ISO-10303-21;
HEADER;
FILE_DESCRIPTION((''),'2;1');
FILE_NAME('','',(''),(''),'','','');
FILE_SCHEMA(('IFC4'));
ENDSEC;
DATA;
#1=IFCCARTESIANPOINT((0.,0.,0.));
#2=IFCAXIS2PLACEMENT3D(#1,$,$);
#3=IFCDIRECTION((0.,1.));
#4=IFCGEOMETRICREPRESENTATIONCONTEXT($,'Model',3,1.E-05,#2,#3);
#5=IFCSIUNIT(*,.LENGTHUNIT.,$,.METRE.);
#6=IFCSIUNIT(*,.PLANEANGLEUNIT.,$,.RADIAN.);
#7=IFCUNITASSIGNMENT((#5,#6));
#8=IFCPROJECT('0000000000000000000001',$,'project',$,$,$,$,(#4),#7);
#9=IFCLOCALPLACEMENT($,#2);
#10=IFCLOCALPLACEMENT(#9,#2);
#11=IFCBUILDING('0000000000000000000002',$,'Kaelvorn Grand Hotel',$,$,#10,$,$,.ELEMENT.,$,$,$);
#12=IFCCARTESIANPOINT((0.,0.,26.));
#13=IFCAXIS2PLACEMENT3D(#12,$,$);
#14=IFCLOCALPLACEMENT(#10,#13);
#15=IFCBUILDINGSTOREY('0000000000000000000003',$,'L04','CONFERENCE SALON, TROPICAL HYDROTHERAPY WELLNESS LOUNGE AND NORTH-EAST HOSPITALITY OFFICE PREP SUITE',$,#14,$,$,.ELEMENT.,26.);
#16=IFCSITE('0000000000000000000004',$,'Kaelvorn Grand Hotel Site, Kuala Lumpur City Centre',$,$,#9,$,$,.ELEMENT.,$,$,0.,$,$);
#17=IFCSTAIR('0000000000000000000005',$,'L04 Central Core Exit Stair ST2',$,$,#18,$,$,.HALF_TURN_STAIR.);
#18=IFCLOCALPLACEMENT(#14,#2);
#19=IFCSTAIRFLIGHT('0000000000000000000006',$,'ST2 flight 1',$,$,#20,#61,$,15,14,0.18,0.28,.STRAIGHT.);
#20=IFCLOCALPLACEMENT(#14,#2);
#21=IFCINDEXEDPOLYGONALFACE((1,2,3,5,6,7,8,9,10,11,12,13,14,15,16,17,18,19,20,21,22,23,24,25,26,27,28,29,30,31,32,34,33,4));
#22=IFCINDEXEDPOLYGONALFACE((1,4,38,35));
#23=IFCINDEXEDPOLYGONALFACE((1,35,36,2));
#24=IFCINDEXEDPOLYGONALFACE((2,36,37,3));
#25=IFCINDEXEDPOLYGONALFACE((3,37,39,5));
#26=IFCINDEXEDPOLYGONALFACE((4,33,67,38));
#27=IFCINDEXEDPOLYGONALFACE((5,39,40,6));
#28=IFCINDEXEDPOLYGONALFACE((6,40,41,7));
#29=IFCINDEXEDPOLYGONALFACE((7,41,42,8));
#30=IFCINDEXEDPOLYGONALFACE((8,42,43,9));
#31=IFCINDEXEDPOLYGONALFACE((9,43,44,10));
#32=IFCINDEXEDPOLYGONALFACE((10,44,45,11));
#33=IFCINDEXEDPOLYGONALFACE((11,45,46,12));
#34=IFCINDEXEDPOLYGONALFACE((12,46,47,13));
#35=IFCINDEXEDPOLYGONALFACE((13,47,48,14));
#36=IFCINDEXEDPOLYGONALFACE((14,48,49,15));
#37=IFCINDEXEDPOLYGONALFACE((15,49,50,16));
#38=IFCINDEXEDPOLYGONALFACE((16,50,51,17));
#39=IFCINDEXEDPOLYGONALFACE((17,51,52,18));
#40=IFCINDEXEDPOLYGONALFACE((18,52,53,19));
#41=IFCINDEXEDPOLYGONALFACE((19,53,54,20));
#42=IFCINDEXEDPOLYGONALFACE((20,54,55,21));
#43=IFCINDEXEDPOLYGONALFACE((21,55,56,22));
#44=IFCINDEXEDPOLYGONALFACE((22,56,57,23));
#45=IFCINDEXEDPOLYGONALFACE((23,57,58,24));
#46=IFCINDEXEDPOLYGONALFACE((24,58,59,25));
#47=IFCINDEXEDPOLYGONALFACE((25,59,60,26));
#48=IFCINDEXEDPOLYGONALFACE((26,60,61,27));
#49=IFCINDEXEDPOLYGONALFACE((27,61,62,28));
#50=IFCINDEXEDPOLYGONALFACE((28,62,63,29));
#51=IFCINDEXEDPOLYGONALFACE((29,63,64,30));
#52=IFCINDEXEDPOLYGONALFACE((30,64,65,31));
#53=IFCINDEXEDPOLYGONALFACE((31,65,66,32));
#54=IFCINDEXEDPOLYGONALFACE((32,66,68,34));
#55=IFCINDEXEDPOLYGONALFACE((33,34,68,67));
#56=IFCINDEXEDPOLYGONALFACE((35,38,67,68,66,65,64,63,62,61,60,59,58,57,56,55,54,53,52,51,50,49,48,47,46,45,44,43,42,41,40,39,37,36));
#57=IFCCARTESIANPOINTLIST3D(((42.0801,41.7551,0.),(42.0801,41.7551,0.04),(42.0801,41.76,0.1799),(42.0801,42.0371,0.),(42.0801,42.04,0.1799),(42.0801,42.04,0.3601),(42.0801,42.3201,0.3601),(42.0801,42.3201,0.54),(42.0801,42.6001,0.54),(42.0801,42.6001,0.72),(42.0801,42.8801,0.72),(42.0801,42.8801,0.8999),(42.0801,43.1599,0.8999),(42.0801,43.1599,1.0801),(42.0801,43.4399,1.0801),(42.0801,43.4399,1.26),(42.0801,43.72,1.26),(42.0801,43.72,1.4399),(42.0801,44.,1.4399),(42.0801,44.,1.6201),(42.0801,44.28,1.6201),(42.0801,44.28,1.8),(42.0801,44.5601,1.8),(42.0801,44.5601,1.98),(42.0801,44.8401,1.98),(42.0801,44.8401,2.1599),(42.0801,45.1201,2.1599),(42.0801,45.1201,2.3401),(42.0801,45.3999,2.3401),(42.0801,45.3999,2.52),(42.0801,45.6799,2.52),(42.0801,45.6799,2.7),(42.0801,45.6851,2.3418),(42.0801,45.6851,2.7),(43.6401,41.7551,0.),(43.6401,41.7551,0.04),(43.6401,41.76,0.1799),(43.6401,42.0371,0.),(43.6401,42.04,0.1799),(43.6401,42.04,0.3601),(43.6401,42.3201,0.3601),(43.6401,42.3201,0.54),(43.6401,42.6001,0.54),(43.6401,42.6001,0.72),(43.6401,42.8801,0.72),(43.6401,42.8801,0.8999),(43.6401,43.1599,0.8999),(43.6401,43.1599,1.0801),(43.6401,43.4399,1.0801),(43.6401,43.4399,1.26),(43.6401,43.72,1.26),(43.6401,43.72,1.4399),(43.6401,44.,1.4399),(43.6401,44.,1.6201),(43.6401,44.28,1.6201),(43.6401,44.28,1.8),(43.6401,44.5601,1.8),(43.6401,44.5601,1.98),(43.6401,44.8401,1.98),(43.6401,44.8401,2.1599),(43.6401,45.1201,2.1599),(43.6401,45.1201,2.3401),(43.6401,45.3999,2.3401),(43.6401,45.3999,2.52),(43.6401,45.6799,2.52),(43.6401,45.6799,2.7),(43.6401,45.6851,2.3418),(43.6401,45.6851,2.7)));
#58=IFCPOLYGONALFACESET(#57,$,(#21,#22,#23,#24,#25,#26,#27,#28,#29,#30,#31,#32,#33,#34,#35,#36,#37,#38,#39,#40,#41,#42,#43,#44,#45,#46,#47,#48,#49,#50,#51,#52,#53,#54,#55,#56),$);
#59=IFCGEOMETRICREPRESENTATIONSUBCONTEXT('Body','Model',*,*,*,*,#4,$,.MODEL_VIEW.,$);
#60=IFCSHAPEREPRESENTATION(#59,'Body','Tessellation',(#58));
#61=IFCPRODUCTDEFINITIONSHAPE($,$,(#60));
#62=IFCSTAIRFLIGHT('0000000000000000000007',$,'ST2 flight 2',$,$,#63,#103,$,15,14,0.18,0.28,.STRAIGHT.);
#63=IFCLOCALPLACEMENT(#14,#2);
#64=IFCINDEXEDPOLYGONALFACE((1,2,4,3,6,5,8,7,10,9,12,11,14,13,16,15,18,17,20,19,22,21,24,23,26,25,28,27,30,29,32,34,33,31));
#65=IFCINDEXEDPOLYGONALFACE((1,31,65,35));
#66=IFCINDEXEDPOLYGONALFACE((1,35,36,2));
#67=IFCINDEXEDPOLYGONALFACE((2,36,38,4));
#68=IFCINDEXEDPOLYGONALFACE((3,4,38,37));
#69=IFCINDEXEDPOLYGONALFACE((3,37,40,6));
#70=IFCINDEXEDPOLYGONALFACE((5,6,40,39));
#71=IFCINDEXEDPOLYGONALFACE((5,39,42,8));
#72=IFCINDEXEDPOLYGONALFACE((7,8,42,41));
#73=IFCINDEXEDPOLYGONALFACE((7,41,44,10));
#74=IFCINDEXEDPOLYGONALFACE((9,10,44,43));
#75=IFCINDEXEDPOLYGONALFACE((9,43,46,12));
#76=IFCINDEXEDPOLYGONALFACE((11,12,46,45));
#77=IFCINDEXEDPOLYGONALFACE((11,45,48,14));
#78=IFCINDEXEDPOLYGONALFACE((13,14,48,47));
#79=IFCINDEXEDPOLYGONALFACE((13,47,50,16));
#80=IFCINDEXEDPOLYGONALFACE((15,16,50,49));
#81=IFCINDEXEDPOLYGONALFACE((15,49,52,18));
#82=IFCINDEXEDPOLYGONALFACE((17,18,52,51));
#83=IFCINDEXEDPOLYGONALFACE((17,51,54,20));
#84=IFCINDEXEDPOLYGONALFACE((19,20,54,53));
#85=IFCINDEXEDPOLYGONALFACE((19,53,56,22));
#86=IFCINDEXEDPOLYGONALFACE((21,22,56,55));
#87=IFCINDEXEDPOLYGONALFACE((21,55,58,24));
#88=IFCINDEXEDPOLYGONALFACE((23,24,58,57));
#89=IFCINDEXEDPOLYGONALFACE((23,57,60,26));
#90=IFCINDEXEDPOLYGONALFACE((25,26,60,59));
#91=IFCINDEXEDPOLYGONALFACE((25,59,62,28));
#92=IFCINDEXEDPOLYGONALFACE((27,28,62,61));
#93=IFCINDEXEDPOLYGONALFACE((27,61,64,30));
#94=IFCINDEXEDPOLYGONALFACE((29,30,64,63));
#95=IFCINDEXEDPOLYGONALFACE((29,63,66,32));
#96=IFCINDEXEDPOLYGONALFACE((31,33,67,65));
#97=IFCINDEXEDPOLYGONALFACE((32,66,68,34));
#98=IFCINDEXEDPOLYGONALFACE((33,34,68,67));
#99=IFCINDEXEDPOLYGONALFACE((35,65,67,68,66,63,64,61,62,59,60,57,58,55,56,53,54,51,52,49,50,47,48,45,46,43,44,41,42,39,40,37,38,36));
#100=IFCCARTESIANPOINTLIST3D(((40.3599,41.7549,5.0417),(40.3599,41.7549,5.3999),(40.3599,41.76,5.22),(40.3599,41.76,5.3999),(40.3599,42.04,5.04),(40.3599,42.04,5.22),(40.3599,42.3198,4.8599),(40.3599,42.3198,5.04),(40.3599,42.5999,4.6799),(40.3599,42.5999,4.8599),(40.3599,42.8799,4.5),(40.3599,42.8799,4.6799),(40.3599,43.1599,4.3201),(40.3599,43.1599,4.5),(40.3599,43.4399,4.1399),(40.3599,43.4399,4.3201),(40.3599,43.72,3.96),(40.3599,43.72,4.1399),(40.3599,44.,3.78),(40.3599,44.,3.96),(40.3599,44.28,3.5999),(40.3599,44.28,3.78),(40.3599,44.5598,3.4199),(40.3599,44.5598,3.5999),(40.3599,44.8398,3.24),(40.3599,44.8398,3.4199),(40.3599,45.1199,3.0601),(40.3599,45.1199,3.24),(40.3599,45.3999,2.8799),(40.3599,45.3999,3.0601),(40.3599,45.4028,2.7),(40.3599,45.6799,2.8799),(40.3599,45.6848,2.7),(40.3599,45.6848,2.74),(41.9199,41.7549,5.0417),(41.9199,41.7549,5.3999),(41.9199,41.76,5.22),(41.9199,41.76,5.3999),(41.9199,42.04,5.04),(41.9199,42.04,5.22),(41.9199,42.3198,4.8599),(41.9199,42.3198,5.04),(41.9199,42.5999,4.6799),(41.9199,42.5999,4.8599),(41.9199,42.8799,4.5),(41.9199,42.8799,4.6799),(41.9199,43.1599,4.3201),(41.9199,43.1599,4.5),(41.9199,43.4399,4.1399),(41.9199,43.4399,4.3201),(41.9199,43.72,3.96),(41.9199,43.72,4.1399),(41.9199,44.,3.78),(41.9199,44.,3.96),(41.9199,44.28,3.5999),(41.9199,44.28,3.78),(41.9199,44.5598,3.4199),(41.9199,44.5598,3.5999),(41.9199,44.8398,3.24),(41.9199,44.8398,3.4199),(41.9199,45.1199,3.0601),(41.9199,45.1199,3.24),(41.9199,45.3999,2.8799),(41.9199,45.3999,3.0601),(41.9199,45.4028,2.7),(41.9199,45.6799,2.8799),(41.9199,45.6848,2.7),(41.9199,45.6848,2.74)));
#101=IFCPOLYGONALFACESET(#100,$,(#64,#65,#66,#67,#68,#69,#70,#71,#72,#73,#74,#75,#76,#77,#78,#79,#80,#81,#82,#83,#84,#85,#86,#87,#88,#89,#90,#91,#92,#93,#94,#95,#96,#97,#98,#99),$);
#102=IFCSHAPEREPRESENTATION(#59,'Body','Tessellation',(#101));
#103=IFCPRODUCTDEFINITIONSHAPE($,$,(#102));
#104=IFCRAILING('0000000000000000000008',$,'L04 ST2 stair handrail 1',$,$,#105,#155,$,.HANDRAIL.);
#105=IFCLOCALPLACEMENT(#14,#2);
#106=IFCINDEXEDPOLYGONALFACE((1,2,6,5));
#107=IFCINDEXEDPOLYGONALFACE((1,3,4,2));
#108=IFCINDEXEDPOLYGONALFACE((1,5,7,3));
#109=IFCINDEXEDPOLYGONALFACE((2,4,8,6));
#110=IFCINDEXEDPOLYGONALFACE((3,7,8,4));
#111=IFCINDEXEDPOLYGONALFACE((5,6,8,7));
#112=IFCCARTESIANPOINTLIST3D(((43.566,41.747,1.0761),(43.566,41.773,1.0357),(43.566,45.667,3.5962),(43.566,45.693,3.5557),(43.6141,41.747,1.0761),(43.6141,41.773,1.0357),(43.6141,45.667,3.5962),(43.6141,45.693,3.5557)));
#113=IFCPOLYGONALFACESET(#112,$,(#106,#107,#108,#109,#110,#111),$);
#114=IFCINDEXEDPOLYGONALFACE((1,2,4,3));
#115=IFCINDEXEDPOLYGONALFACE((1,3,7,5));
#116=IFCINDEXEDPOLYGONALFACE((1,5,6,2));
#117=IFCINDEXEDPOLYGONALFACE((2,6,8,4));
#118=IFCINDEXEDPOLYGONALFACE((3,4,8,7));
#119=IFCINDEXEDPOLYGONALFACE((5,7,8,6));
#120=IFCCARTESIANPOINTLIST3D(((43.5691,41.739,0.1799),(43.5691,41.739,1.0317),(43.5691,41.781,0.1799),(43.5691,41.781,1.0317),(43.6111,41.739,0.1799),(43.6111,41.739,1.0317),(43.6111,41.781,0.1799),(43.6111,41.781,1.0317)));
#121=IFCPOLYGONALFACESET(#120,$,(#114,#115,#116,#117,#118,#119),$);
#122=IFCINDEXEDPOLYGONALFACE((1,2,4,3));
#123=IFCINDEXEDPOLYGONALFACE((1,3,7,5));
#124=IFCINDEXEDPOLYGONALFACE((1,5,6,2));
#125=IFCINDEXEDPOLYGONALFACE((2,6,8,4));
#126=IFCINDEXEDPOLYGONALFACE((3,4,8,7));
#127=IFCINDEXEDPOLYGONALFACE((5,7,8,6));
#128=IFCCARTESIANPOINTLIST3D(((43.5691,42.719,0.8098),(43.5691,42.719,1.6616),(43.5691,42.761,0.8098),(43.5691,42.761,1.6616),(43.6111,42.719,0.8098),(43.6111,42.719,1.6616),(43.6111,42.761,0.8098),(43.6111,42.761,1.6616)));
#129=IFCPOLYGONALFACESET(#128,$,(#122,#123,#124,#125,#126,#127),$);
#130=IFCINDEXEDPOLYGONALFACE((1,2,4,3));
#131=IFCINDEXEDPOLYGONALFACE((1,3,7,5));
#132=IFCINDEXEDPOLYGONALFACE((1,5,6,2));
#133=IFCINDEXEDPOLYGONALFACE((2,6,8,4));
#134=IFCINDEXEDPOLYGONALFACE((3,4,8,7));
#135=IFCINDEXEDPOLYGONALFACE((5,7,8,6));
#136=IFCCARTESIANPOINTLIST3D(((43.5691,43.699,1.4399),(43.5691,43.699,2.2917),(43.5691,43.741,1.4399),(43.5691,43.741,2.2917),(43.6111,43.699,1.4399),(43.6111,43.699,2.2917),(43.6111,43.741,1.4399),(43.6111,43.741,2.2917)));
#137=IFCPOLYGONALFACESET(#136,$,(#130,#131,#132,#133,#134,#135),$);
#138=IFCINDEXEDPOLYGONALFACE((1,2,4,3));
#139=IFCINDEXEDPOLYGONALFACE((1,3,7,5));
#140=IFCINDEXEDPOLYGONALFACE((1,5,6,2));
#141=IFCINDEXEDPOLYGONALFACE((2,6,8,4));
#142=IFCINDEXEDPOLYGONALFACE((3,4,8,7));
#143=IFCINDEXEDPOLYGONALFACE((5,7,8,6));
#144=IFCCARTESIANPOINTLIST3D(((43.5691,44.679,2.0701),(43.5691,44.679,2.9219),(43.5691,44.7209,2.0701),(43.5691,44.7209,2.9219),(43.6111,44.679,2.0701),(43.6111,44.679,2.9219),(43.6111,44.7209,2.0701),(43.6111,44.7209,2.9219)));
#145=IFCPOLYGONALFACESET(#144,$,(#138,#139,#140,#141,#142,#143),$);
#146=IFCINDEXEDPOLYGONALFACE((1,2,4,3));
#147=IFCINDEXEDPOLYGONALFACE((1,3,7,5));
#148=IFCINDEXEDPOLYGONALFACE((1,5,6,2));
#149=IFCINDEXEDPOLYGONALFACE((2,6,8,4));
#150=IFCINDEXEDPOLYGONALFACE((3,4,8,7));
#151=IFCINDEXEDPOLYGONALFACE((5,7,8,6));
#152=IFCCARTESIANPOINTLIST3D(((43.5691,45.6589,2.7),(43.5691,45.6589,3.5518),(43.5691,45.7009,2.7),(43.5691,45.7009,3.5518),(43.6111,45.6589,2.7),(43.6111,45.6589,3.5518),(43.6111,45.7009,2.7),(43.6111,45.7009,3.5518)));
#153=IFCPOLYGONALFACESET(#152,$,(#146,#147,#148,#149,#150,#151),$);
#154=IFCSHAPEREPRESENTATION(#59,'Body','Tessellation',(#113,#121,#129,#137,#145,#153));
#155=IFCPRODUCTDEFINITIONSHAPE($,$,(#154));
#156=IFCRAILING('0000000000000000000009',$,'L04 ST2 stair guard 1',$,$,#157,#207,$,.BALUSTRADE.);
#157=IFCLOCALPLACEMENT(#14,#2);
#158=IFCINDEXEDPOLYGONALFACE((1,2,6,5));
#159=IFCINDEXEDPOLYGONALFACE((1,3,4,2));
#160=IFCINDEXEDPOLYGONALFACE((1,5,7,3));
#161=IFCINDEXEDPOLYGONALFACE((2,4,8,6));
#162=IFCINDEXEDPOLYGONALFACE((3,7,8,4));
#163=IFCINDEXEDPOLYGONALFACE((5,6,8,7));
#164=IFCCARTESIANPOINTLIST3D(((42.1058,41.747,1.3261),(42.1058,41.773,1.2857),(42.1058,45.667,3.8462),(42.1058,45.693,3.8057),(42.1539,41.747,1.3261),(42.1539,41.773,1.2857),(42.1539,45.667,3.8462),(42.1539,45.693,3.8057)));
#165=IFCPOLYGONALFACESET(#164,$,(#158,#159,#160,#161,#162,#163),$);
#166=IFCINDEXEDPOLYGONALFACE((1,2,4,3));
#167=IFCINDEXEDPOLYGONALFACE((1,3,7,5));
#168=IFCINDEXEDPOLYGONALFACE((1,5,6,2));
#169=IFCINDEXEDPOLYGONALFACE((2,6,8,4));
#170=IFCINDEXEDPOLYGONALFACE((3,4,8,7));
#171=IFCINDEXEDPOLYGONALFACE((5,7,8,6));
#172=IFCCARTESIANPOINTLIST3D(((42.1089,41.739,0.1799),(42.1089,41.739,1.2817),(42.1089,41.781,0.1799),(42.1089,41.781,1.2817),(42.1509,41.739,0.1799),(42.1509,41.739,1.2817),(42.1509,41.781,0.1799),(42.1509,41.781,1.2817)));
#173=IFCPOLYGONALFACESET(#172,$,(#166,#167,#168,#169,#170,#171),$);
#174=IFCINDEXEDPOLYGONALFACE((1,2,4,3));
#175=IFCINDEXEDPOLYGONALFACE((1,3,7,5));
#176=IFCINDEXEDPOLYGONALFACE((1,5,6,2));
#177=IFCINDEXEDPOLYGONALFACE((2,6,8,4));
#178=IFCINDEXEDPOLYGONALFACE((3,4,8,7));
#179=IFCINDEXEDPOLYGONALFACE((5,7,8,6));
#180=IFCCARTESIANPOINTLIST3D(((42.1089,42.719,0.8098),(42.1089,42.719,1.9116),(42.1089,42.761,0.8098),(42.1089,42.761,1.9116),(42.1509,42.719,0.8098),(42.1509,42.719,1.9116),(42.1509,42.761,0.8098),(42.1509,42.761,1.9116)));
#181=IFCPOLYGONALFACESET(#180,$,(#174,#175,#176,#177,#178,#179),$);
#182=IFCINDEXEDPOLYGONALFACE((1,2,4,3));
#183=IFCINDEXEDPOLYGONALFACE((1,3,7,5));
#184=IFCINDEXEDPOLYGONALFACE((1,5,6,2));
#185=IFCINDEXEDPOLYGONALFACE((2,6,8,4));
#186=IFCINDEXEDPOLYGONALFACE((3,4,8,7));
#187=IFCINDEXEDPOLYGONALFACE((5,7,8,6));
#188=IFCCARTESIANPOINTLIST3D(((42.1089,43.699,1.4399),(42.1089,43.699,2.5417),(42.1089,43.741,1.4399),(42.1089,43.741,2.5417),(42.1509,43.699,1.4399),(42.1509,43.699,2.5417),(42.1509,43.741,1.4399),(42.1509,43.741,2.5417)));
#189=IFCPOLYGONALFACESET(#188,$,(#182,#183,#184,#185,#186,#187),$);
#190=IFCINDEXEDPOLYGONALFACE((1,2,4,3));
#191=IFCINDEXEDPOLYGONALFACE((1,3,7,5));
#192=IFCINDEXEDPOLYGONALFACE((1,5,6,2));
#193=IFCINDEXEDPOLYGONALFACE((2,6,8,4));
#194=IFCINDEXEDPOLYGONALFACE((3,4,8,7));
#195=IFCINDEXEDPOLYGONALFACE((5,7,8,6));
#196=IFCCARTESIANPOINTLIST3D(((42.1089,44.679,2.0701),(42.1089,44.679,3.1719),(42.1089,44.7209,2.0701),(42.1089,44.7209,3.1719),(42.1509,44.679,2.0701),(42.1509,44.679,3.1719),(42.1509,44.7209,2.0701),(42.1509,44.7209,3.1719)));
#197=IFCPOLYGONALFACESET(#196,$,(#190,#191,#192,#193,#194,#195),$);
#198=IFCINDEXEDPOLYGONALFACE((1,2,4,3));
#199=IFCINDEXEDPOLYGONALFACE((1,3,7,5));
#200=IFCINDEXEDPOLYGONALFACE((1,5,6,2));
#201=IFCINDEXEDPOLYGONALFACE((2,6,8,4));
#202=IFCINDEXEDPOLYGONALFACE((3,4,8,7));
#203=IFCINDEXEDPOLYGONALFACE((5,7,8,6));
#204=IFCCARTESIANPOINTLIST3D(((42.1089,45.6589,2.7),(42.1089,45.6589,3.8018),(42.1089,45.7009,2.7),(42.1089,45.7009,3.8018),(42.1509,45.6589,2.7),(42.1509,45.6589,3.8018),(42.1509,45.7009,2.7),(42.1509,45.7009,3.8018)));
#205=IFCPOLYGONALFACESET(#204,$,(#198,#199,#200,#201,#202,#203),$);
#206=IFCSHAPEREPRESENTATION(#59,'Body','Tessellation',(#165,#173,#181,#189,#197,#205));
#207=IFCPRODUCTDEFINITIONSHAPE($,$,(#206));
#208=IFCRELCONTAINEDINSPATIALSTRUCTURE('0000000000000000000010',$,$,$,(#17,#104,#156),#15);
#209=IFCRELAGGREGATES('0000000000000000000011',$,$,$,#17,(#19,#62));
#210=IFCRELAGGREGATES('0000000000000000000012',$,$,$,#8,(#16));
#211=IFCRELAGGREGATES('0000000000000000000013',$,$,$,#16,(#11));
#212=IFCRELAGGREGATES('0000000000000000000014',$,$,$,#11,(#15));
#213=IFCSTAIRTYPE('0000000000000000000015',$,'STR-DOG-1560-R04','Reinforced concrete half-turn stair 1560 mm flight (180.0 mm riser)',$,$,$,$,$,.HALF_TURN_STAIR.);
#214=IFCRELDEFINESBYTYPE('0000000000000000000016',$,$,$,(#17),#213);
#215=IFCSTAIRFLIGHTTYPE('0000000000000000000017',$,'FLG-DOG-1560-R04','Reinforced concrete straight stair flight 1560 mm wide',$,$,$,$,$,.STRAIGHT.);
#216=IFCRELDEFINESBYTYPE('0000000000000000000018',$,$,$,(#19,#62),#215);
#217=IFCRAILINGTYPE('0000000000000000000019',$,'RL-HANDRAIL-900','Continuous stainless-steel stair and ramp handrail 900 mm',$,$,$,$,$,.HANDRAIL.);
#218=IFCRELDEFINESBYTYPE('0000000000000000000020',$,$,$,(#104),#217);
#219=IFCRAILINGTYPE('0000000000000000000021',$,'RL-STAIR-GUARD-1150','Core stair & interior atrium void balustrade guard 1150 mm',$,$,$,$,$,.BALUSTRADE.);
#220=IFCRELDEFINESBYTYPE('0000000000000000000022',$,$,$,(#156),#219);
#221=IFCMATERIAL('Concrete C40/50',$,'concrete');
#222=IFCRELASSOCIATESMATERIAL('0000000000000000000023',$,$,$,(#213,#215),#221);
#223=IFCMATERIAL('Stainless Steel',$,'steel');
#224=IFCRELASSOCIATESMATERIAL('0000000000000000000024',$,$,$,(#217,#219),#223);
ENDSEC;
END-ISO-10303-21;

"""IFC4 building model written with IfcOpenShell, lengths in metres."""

from ifc_helpers import new_model, si_unit, direction, frame, origin, origin_2d, place, context, subcontext, project, spatial, polyline, rectangle, outline, extrude, material, type_object, element, aggregate, save


model = new_model("IFC4")

# Units and contexts
model_context = context("Model", 3, precision=1e-05, world=origin(), true_north=direction((0.0, 1.0)))
body_context = subcontext(model_context, "Body", "Model", "MODEL_VIEW")
ifc_project = project(units=[si_unit("LENGTHUNIT", "METRE"), si_unit("PLANEANGLEUNIT", "RADIAN")], contexts=[model_context])

# Site, building, storey
site_placement = place(None, origin())
site = spatial("IfcSite", under=ifc_project, at=site_placement, Name="Kaelvorn Grand Hotel Site, Kuala Lumpur City Centre", CompositionType="ELEMENT", RefElevation=0.0)
building_placement = place(site_placement, origin())
building = spatial("IfcBuilding", under=site, at=building_placement, Name="Kaelvorn Grand Hotel", CompositionType="ELEMENT")
storey_placement = place(building_placement, frame((0.0, 0.0, 26.0)))
storey = spatial("IfcBuildingStorey", under=building, at=storey_placement, Name="L04", Description="CONFERENCE SALON, TROPICAL HYDROTHERAPY WELLNESS LOUNGE AND NORTH-EAST HOSPITALITY OFFICE PREP SUITE", CompositionType="ELEMENT", Elevation=26.0)

# Stair, stair flights
ifc_material_1 = material(Name="Concrete C40/50", Category="concrete")
stair_type = type_object("IfcStairType", Name="STR-DOG-1560-R04", Description="Reinforced concrete half-turn stair 1560 mm flight (180.0 mm riser)", PredefinedType="HALF_TURN_STAIR", material=ifc_material_1)
stair_placement = place(storey_placement, origin())
stair = element("IfcStair", 1, at=stair_placement, inside=storey, type_object=stair_type, Name="L04 Central Core Exit Stair ST2", PredefinedType="HALF_TURN_STAIR")
stair_flight_type = type_object("IfcStairFlightType", Name="FLG-DOG-1560-R04", Description="Reinforced concrete straight stair flight 1560 mm wide", PredefinedType="STRAIGHT", material=ifc_material_1)
stair_flight_1_placement = place(storey_placement, frame((42.8601, 41.76, 0.0), z_axis=(0.0, 0.0, 1.0), x_axis=(0.0, 1.0, 0.0)))
stair_flight_1 = element("IfcStairFlight", 2, at=stair_flight_1_placement, type_object=stair_flight_type, Name="ST2 flight 1", NumberOfRisers=15, NumberOfTreads=14, PredefinedType="STRAIGHT", RiserHeight=0.18, TreadLength=0.28, context=body_context, shape_type="SweptSolid", body=[
    extrude(outline(polyline([(-0.0049, 0.0), (-0.0049, 0.04), (0.0, 0.1799), (0.28, 0.1799), (0.28, 0.3601), (0.5601, 0.3601), (0.5601, 0.54), (0.8401, 0.54), (0.8401, 0.72), (1.1201, 0.72), (1.1201, 0.8999), (1.3999, 0.8999), (1.3999, 1.0801), (1.6799, 1.0801), (1.6799, 1.26), (1.96, 1.26), (1.96, 1.4399), (2.24, 1.4399), (2.24, 1.6201), (2.52, 1.6201), (2.52, 1.8), (2.8, 1.8), (2.8, 1.98), (3.0801, 1.98), (3.0801, 2.1599), (3.3601, 2.1599), (3.3601, 2.3401), (3.6399, 2.3401), (3.6399, 2.52), (3.9199, 2.52), (3.9199, 2.7), (3.925, 2.7), (3.925, 2.3418), (0.2771, 0.0), (-0.0049, 0.0)])), frame((0.0, 0.78, 0.0), z_axis=(0.0, -1.0, 0.0), x_axis=(1.0, 0.0, 0.0)), (0.0, 0.0, 1.0), 1.5601),
])
stair_flight_2_placement = place(storey_placement, frame((41.1399, 45.6799, 2.7), z_axis=(0.0, 0.0, 1.0), x_axis=(0.0, -1.0, 0.0)))
stair_flight_2 = element("IfcStairFlight", 3, at=stair_flight_2_placement, type_object=stair_flight_type, Name="ST2 flight 2", NumberOfRisers=15, NumberOfTreads=14, PredefinedType="STRAIGHT", RiserHeight=0.18, TreadLength=0.28, context=body_context, shape_type="SweptSolid", body=[
    extrude(outline(polyline([(-0.0049, 0.0), (-0.0049, 0.04), (0.0, 0.1799), (0.28, 0.1799), (0.28, 0.3601), (0.5601, 0.3601), (0.5601, 0.54), (0.8401, 0.54), (0.8401, 0.72), (1.1201, 0.72), (1.1201, 0.8999), (1.3999, 0.8999), (1.3999, 1.0801), (1.6799, 1.0801), (1.6799, 1.26), (1.96, 1.26), (1.96, 1.4399), (2.24, 1.4399), (2.24, 1.6201), (2.52, 1.6201), (2.52, 1.8), (2.8, 1.8), (2.8, 1.98), (3.0801, 1.98), (3.0801, 2.1599), (3.3601, 2.1599), (3.3601, 2.3401), (3.6399, 2.3401), (3.6399, 2.52), (3.9199, 2.52), (3.9199, 2.7), (3.925, 2.7), (3.925, 2.3418), (0.2771, 0.0), (-0.0049, 0.0)])), frame((0.0, 0.78, 0.0), z_axis=(0.0, -1.0, 0.0), x_axis=(1.0, 0.0, 0.0)), (0.0, 0.0, 1.0), 1.5601),
])
aggregate(stair, [stair_flight_1, stair_flight_2])

# Railings
ifc_material_2 = material(Name="Stainless Steel", Category="steel")
railing_type_1 = type_object("IfcRailingType", Name="RL-HANDRAIL-900", Description="Continuous stainless-steel stair and ramp handrail 900 mm", PredefinedType="HANDRAIL", material=ifc_material_2)
railing_1_placement = place(storey_placement, frame((43.5901, 41.76, 0.1799)))
element("IfcRailing", 4, at=railing_1_placement, inside=storey, type_object=railing_type_1, Name="L04 ST2 stair handrail 1", PredefinedType="HANDRAIL", context=body_context, shape_type="SweptSolid", body=[
    extrude(rectangle(XDim=0.0481, YDim=0.0481, at=origin_2d()), frame((0.0, 0.0, 0.876), z_axis=(0.0, 0.841172, 0.540768), x_axis=(-1.0, 0.0, 0.0)), (0.0, 0.0, 1.0), 4.6602),
    extrude(rectangle(XDim=0.042, YDim=0.042, at=origin_2d()), origin(), (0.0, 0.0, 1.0), 0.8518),
    extrude(rectangle(XDim=0.042, YDim=0.042, at=origin_2d()), frame((0.0, 0.98, 0.6299)), (0.0, 0.0, 1.0), 0.8518),
    extrude(rectangle(XDim=0.042, YDim=0.042, at=origin_2d()), frame((0.0, 1.96, 1.26)), (0.0, 0.0, 1.0), 0.8518),
    extrude(rectangle(XDim=0.042, YDim=0.042, at=origin_2d()), frame((0.0, 2.9399, 1.8901)), (0.0, 0.0, 1.0), 0.8518),
    extrude(rectangle(XDim=0.042, YDim=0.042, at=origin_2d()), frame((0.0, 3.9199, 2.52)), (0.0, 0.0, 1.0), 0.8518),
])
railing_type_2 = type_object("IfcRailingType", Name="RL-STAIR-GUARD-1150", Description="Core stair & interior atrium void balustrade guard 1150 mm", PredefinedType="BALUSTRADE", material=ifc_material_2)
railing_2_placement = place(storey_placement, frame((42.1299, 41.76, 0.1799)))
element("IfcRailing", 5, at=railing_2_placement, inside=storey, type_object=railing_type_2, Name="L04 ST2 stair guard 1", PredefinedType="BALUSTRADE", context=body_context, shape_type="SweptSolid", body=[
    extrude(rectangle(XDim=0.0481, YDim=0.0481, at=origin_2d()), frame((0.0, 0.0, 1.126), z_axis=(0.0, 0.841172, 0.540768), x_axis=(-1.0, 0.0, 0.0)), (0.0, 0.0, 1.0), 4.6602),
    extrude(rectangle(XDim=0.042, YDim=0.042, at=origin_2d()), origin(), (0.0, 0.0, 1.0), 1.1018),
    extrude(rectangle(XDim=0.042, YDim=0.042, at=origin_2d()), frame((0.0, 0.98, 0.6299)), (0.0, 0.0, 1.0), 1.1018),
    extrude(rectangle(XDim=0.042, YDim=0.042, at=origin_2d()), frame((0.0, 1.96, 1.26)), (0.0, 0.0, 1.0), 1.1018),
    extrude(rectangle(XDim=0.042, YDim=0.042, at=origin_2d()), frame((0.0, 2.9399, 1.8901)), (0.0, 0.0, 1.0), 1.1018),
    extrude(rectangle(XDim=0.042, YDim=0.042, at=origin_2d()), frame((0.0, 3.9199, 2.52)), (0.0, 0.0, 1.0), 1.1018),
])

save(model, "model.ifc")
